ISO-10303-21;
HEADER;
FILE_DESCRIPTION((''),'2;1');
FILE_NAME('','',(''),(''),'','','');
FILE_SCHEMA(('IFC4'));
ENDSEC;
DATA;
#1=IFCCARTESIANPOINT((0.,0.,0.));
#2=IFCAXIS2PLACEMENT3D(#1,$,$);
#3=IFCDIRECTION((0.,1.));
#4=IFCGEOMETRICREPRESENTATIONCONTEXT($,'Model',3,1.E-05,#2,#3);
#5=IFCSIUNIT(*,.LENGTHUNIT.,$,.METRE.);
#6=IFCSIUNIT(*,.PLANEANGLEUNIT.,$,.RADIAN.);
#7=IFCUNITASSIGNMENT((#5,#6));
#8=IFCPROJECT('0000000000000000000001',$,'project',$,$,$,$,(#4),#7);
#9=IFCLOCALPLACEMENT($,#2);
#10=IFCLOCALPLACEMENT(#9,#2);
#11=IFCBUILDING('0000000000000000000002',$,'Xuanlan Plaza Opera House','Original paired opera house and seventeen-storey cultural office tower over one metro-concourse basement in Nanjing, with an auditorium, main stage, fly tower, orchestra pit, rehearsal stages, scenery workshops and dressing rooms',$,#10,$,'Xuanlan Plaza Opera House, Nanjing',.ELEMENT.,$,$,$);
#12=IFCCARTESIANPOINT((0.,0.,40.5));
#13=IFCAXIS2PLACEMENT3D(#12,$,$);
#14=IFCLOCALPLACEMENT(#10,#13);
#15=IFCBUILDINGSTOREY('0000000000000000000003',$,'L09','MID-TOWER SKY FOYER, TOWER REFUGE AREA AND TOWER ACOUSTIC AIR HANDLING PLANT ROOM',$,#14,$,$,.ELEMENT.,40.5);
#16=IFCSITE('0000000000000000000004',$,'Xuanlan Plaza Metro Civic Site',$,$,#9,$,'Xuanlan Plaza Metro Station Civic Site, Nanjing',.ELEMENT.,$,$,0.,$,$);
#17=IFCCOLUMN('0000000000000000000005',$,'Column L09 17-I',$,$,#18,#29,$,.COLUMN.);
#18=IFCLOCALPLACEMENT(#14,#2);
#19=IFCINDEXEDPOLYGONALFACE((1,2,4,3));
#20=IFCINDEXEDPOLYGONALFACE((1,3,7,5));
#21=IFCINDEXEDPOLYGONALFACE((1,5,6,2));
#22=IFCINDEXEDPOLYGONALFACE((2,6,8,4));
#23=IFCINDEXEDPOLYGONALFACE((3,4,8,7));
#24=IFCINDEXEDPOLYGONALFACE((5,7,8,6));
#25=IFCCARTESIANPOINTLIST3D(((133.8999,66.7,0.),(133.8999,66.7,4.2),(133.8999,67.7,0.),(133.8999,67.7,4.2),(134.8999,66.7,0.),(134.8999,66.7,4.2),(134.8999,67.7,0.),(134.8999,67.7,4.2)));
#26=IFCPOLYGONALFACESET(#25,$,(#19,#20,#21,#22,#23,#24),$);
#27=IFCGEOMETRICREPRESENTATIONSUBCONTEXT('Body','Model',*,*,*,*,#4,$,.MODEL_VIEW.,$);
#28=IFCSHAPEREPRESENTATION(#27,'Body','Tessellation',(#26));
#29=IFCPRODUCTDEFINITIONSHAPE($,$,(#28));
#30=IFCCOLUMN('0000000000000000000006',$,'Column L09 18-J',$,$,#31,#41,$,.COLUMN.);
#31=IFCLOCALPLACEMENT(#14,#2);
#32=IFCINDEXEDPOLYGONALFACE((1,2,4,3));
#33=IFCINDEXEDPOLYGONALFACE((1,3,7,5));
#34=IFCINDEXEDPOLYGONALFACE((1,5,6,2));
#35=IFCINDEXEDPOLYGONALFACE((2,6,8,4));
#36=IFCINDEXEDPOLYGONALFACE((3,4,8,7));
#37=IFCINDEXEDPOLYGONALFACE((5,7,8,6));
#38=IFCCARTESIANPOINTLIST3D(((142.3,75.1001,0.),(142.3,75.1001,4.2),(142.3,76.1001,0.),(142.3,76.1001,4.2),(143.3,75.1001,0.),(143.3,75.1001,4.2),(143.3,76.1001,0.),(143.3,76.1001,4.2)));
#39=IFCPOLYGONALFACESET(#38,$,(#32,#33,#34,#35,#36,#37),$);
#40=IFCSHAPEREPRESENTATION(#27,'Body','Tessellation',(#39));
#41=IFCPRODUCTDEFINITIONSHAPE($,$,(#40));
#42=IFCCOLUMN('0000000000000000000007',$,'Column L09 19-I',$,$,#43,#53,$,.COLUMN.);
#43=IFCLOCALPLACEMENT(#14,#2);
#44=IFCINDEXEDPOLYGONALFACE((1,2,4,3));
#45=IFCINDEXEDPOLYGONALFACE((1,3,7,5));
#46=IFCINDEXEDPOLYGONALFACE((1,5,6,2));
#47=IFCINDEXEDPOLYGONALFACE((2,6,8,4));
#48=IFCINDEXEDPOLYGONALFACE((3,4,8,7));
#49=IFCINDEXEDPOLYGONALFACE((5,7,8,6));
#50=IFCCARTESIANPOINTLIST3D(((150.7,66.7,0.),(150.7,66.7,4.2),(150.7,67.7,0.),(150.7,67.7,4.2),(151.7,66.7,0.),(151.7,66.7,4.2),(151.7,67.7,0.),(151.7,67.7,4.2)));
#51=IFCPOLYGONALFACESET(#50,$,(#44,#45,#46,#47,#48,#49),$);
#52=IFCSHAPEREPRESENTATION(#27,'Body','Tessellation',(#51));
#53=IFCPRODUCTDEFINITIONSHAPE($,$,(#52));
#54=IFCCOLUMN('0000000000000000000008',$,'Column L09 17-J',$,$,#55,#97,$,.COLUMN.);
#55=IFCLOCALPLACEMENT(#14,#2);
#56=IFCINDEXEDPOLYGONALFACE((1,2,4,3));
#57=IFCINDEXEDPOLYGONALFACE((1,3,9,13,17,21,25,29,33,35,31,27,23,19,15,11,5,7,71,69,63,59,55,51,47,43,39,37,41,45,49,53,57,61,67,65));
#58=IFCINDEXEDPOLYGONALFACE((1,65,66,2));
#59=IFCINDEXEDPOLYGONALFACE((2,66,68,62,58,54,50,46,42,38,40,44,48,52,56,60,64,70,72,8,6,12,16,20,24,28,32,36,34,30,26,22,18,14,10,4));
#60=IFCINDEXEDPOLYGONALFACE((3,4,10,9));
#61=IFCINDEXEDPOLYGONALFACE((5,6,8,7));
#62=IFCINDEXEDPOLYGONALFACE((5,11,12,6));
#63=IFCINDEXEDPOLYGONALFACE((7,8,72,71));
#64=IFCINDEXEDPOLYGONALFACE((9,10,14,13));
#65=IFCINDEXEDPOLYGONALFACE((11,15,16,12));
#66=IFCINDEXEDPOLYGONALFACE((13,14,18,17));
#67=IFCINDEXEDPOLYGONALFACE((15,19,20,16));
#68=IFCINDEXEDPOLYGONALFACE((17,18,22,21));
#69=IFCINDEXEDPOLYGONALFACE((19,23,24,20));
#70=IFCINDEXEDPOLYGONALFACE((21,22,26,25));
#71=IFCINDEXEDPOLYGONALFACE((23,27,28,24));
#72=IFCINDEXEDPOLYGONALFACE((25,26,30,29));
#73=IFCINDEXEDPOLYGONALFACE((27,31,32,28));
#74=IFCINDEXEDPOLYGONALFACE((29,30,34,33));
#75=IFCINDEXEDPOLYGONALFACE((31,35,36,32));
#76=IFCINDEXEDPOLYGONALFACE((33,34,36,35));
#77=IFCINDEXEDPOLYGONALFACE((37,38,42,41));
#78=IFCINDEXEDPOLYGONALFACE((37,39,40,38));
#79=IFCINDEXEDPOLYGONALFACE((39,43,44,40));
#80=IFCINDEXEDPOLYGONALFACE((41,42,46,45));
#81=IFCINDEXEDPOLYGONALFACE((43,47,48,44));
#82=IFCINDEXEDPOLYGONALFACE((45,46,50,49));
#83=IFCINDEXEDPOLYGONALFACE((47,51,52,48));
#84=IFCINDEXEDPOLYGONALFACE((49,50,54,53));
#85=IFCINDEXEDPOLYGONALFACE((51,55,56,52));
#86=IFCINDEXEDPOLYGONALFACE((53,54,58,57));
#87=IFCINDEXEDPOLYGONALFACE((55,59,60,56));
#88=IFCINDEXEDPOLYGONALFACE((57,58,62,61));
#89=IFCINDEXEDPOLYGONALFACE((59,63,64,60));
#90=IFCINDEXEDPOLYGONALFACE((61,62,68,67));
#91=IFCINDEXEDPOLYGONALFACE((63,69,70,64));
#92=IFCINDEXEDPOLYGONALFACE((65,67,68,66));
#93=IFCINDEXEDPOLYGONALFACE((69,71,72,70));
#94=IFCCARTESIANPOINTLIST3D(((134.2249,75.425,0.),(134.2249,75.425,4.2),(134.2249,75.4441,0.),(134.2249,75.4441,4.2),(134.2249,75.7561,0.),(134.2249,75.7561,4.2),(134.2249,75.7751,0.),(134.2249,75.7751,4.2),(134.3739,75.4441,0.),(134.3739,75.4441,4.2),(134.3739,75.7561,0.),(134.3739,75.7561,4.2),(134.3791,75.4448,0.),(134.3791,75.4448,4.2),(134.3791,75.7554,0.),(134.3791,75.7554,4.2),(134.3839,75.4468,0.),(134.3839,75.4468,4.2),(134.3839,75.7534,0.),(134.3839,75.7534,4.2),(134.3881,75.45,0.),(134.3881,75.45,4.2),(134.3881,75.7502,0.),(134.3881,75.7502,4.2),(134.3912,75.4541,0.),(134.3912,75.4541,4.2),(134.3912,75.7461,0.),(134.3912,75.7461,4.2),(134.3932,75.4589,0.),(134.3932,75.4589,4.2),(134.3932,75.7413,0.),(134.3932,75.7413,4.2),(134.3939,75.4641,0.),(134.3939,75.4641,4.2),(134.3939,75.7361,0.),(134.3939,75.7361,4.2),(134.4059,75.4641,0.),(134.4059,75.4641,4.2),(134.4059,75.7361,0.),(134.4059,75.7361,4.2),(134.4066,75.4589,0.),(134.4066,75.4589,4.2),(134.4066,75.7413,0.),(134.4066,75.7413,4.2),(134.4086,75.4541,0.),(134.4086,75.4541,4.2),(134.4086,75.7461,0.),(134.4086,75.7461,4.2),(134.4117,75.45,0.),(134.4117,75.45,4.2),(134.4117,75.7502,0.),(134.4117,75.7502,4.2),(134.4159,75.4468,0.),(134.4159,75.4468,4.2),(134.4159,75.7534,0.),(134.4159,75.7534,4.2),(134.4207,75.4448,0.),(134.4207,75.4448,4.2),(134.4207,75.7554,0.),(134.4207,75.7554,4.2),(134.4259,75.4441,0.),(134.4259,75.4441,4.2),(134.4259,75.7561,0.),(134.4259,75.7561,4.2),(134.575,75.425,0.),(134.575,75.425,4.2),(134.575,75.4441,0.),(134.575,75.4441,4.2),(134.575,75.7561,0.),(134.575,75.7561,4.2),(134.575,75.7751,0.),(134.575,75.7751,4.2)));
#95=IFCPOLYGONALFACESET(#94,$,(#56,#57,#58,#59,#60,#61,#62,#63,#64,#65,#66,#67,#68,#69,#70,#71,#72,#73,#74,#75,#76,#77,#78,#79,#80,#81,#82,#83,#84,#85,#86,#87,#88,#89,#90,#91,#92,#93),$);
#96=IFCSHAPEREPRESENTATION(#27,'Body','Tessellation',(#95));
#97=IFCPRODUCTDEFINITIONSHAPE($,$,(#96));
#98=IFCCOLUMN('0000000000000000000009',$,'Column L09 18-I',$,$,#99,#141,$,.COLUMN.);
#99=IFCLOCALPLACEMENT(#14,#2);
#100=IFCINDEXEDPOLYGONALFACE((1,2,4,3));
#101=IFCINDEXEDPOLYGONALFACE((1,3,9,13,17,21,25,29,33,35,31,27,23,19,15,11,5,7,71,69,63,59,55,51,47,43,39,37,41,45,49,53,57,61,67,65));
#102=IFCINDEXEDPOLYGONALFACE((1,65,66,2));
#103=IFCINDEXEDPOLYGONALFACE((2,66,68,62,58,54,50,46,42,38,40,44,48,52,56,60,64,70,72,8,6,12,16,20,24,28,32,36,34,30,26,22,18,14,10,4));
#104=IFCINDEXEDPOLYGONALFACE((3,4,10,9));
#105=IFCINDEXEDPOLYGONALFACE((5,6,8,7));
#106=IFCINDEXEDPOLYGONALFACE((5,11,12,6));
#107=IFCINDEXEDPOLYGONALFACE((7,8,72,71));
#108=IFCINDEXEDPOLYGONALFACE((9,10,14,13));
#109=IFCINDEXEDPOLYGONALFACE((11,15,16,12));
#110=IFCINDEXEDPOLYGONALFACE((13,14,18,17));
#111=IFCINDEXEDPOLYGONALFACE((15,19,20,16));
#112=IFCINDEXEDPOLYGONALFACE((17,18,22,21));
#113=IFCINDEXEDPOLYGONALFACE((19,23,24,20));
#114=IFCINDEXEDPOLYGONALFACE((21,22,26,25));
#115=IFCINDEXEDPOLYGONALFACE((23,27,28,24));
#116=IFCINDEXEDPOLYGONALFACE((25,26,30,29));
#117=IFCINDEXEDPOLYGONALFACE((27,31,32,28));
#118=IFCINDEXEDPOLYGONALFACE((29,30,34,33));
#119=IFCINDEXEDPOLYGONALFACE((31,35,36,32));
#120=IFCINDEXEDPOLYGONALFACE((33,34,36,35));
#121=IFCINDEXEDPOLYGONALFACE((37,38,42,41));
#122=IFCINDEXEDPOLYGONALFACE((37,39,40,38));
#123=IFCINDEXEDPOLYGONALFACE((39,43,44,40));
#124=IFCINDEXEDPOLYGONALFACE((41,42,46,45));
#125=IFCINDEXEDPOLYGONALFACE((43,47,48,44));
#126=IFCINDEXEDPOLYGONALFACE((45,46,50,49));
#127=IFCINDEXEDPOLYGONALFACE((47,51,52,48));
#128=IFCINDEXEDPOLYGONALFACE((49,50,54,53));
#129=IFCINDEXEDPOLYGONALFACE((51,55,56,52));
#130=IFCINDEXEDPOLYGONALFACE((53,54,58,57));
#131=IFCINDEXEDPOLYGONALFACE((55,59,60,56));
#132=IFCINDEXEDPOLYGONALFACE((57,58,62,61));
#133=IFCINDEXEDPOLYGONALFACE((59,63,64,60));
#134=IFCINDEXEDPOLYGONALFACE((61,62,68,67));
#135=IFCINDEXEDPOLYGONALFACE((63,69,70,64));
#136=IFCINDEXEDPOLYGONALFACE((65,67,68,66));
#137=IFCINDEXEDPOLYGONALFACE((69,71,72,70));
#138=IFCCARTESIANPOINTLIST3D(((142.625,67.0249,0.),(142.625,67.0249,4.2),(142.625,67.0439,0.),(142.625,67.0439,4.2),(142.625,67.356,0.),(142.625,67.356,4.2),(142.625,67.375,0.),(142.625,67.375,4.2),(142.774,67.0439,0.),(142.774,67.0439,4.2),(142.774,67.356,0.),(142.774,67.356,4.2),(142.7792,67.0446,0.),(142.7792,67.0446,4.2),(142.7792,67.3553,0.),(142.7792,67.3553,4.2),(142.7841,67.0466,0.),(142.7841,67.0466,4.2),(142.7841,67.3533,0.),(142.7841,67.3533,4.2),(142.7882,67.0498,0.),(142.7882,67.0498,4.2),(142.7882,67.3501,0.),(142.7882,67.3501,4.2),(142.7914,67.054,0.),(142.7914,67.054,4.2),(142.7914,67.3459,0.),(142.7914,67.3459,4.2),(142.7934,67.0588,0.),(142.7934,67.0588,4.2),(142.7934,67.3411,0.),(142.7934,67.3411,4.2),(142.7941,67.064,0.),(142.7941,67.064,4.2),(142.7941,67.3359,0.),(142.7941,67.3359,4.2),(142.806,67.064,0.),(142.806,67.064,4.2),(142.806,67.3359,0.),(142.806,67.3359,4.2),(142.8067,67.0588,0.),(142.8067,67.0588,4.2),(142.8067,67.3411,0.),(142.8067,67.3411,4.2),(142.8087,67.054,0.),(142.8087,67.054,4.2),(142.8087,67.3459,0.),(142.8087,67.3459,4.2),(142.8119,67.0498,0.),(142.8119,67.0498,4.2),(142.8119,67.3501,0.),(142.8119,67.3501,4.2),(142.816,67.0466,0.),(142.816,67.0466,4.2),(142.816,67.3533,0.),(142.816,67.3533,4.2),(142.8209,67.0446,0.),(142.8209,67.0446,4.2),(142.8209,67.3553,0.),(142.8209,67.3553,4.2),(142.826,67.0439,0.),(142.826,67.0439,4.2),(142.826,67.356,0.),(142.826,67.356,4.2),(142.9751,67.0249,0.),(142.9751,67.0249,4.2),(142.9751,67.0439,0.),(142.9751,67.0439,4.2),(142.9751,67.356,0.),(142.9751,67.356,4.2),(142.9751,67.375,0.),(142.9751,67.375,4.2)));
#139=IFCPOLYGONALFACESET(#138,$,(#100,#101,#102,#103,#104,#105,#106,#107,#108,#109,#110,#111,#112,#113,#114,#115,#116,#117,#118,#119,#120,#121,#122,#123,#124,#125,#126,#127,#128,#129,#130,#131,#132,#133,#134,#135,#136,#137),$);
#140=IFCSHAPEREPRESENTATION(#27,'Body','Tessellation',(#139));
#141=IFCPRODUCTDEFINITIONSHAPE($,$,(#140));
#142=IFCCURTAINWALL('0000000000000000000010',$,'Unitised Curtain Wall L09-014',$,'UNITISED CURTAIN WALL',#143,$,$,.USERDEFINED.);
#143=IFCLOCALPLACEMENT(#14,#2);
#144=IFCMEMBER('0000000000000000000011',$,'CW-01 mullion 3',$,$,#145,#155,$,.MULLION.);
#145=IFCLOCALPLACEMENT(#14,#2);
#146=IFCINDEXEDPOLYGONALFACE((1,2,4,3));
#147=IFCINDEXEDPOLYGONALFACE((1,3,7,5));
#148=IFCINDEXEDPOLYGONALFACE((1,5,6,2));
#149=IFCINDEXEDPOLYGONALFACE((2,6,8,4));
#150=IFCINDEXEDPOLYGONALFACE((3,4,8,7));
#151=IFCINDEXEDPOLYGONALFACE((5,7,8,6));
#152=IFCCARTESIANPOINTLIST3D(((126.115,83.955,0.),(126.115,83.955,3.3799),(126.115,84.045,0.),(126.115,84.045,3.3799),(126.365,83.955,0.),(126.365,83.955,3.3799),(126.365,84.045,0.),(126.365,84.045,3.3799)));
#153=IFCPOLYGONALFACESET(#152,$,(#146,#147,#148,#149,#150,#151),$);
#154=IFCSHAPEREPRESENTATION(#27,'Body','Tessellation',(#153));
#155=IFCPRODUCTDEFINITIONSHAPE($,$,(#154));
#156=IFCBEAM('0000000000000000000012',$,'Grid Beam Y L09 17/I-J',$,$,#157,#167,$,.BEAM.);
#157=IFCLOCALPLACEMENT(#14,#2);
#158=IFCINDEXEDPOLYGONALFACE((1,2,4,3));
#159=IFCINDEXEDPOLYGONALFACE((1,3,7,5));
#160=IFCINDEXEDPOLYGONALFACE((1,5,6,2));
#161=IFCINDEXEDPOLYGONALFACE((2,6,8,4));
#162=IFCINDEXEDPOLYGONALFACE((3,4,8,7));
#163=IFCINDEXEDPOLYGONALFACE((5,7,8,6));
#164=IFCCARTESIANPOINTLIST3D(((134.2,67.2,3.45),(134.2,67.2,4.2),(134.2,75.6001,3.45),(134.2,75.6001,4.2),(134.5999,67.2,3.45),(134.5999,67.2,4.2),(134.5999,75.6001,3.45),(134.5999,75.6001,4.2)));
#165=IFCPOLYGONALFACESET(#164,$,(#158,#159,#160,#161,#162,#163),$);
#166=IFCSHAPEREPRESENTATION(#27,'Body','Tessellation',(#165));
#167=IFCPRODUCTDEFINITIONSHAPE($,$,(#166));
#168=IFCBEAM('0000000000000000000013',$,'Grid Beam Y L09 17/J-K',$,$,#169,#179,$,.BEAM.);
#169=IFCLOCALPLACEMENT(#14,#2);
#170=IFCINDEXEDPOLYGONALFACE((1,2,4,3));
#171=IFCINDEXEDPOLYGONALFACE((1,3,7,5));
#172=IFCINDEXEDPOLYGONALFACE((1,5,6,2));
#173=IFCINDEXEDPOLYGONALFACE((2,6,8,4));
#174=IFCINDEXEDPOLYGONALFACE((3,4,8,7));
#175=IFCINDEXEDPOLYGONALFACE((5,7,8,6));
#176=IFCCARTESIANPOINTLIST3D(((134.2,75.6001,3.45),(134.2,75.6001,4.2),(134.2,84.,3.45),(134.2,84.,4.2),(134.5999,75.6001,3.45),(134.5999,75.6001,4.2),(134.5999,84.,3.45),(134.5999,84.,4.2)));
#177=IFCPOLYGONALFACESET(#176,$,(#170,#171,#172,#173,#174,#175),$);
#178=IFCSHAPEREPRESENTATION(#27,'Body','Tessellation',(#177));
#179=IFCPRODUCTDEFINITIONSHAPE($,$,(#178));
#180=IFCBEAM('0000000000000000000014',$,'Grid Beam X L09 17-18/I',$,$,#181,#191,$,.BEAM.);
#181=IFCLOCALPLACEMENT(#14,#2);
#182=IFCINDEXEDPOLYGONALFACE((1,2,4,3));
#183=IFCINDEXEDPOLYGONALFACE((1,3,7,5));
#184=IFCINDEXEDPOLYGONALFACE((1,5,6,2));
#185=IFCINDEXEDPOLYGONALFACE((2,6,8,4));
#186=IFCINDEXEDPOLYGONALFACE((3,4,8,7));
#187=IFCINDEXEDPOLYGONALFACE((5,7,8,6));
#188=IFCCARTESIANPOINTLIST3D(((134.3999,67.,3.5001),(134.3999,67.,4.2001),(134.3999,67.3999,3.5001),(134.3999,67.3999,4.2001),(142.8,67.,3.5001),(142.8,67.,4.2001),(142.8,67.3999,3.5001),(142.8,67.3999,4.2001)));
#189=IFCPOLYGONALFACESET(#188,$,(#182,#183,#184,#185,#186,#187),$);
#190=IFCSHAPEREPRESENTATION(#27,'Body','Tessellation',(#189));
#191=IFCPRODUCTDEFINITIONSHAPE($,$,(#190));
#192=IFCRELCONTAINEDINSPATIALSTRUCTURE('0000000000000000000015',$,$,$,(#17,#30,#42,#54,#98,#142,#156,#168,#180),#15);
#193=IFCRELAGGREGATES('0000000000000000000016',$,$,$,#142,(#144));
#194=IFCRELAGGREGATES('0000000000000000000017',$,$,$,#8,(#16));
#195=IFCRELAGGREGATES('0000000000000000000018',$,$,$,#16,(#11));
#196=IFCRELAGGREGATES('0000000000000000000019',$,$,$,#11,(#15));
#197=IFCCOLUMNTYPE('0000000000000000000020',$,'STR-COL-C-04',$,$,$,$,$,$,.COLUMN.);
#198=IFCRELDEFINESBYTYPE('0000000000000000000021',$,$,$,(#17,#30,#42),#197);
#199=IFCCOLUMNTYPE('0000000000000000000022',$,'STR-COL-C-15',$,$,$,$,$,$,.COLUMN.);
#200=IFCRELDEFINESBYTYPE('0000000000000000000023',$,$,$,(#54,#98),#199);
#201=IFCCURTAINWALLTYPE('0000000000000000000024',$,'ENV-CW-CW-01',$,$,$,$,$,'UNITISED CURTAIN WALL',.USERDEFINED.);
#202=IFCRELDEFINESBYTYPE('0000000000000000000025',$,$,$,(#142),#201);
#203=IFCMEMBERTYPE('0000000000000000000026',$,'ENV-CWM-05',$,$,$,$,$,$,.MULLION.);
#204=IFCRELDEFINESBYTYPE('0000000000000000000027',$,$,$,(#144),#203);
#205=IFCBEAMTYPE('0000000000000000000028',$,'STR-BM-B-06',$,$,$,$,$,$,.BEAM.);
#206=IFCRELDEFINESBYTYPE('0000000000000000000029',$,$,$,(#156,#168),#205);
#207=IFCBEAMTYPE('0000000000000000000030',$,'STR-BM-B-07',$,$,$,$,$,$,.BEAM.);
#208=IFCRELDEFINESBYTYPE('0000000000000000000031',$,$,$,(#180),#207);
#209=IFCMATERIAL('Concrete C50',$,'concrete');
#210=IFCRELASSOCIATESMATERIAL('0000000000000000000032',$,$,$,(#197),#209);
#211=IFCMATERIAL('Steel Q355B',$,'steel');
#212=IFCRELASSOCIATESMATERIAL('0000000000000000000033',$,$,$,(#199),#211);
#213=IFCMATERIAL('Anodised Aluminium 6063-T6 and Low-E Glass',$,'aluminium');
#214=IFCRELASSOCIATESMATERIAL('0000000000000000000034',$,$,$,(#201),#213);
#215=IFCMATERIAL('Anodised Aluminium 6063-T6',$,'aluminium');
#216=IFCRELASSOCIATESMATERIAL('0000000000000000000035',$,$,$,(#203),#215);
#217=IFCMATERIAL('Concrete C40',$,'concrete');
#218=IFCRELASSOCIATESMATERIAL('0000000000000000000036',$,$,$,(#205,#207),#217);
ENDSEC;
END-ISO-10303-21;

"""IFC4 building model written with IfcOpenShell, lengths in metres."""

from ifc_helpers import new_model, si_unit, direction, frame, origin, origin_2d, place, context, subcontext, project, spatial, rectangle, i_section, extrude, material, material_profile, profile_set, type_object, element, aggregate, save


model = new_model("IFC4")

# Units and contexts
model_context = context("Model", 3, precision=1e-05, world=origin(), true_north=direction((0.0, 1.0)))
body_context = subcontext(model_context, "Body", "Model", "MODEL_VIEW")
ifc_project = project(units=[si_unit("LENGTHUNIT", "METRE"), si_unit("PLANEANGLEUNIT", "RADIAN")], contexts=[model_context])

# Site, building, storey
site_placement = place(None, origin())
site = spatial("IfcSite", under=ifc_project, at=site_placement, Name="Xuanlan Plaza Metro Civic Site", LongName="Xuanlan Plaza Metro Station Civic Site, Nanjing", CompositionType="ELEMENT", RefElevation=0.0)
building_placement = place(site_placement, origin())
building = spatial("IfcBuilding", under=site, at=building_placement, Name="Xuanlan Plaza Opera House", Description="Original paired opera house and seventeen-storey cultural office tower over one metro-concourse basement in Nanjing, with an auditorium, main stage, fly tower, orchestra pit, rehearsal stages, scenery workshops and dressing rooms", LongName="Xuanlan Plaza Opera House, Nanjing", CompositionType="ELEMENT")
storey_placement = place(building_placement, frame((0.0, 0.0, 40.5)))
storey = spatial("IfcBuildingStorey", under=building, at=storey_placement, Name="L09", Description="MID-TOWER SKY FOYER, TOWER REFUGE AREA AND TOWER ACOUSTIC AIR HANDLING PLANT ROOM", CompositionType="ELEMENT", Elevation=40.5)

# Columns
ifc_material_1 = material(Name="Concrete C50", Category="concrete")
ifc_material_profile_1 = material_profile(ifc_material_1, rectangle(XDim=1.0, YDim=1.0, at=origin_2d()), Name="RC-COL 1000x1000")
ifc_profile_set_1 = profile_set([ifc_material_profile_1], Name="Concrete C50")
column_type_1 = type_object("IfcColumnType", Name="STR-COL-C-04", PredefinedType="COLUMN", material=ifc_profile_set_1)
for number, where, z_axis, x_axis, name in (
    (1, (134.3999, 67.2, 0.0), (0.0, 0.0, 1.0), (1.0, 0.0, 0.0), "Column L09 17-I"),
    (2, (142.8, 75.6001, 0.0), (0.0, 0.0, 1.0), (1.0, 0.0, 0.0), "Column L09 18-J"),
    (3, (151.2, 67.2, 0.0), (0.0, 0.0, 1.0), (1.0, 0.0, 0.0), "Column L09 19-I"),
):
    element("IfcColumn", number, at=place(storey_placement, frame(where, z_axis=z_axis, x_axis=x_axis)), inside=storey, type_object=column_type_1, Name=name, PredefinedType="COLUMN", context=body_context, shape_type="SweptSolid", body=[
        extrude(rectangle(XDim=1.0, YDim=1.0, at=origin_2d()), origin(), (0.0, 0.0, 1.0), 4.2),
    ])
ifc_material_2 = material(Name="Steel Q355B", Category="steel")
ifc_material_profile_2 = material_profile(ifc_material_2, i_section(OverallWidth=0.3501, OverallDepth=0.3501, WebThickness=0.012, FlangeThickness=0.019, FilletRadius=0.02, at=origin_2d()), Name="HW 350x350x12x19")
ifc_profile_set_2 = profile_set([ifc_material_profile_2], Name="Steel Q355B")
column_type_2 = type_object("IfcColumnType", Name="STR-COL-C-15", PredefinedType="COLUMN", material=ifc_profile_set_2)
for number, where, z_axis, x_axis, name in (
    (4, (134.3999, 75.6001, 0.0), (0.0, 0.0, 1.0), (1.0, 0.0, 0.0), "Column L09 17-J"),
    (5, (142.8, 67.2, 0.0), (0.0, 0.0, 1.0), (1.0, 0.0, 0.0), "Column L09 18-I"),
):
    element("IfcColumn", number, at=place(storey_placement, frame(where, z_axis=z_axis, x_axis=x_axis)), inside=storey, type_object=column_type_2, Name=name, PredefinedType="COLUMN", context=body_context, shape_type="SweptSolid", body=[
        extrude(i_section(OverallWidth=0.3501, OverallDepth=0.3501, WebThickness=0.012, FlangeThickness=0.019, FilletRadius=0.02, at=origin_2d()), origin(), (0.0, 0.0, 1.0), 4.2),
    ])

# Curtain wall, member
ifc_material_3 = material(Name="Anodised Aluminium 6063-T6 and Low-E Glass", Category="aluminium")
curtain_wall_type = type_object("IfcCurtainWallType", Name="ENV-CW-CW-01", ElementType="UNITISED CURTAIN WALL", PredefinedType="USERDEFINED", material=ifc_material_3)
curtain_wall_placement = place(storey_placement, origin())
curtain_wall = element("IfcCurtainWall", 6, at=curtain_wall_placement, inside=storey, type_object=curtain_wall_type, Name="Unitised Curtain Wall L09-014", ObjectType="UNITISED CURTAIN WALL", PredefinedType="USERDEFINED")
ifc_material_4 = material(Name="Anodised Aluminium 6063-T6", Category="aluminium")
ifc_material_profile_3 = material_profile(ifc_material_4, rectangle(XDim=0.0901, YDim=0.25, at=origin_2d()), Name="ALU-M 90x250")
ifc_profile_set_3 = profile_set([ifc_material_profile_3], Name="Anodised Aluminium 6063-T6")
member_type = type_object("IfcMemberType", Name="ENV-CWM-05", PredefinedType="MULLION", material=ifc_profile_set_3)
member_placement = place(storey_placement, frame((126.24, 84.0, 0.0), z_axis=(0.0, 0.0, 1.0), x_axis=(0.0, -1.0, 0.0)))
member = element("IfcMember", 7, at=member_placement, type_object=member_type, Name="CW-01 mullion 3", PredefinedType="MULLION", context=body_context, shape_type="SweptSolid", body=[
    extrude(rectangle(XDim=0.0901, YDim=0.25, at=origin_2d()), origin(), (0.0, 0.0, 1.0), 3.3799),
])
aggregate(curtain_wall, [member])

# Beams
ifc_material_5 = material(Name="Concrete C40", Category="concrete")
ifc_material_profile_4 = material_profile(ifc_material_5, rectangle(XDim=0.3999, YDim=0.75, at=origin_2d()), Name="RC-BM 400x750")
ifc_profile_set_4 = profile_set([ifc_material_profile_4], Name="Concrete C40")
beam_type_1 = type_object("IfcBeamType", Name="STR-BM-B-06", PredefinedType="BEAM", material=ifc_profile_set_4)
beam_1_placement = place(storey_placement, frame((134.3999, 67.2, 3.825), z_axis=(0.0, 1.0, 0.0), x_axis=(-1.0, 0.0, 0.0)))
element("IfcBeam", 8, at=beam_1_placement, inside=storey, type_object=beam_type_1, Name="Grid Beam Y L09 17/I-J", PredefinedType="BEAM", context=body_context, shape_type="SweptSolid", body=[
    extrude(rectangle(XDim=0.3999, YDim=0.75, at=origin_2d()), origin(), (0.0, 0.0, 1.0), 8.4001),
])
beam_2_placement = place(storey_placement, frame((134.3999, 75.6001, 3.825), z_axis=(0.0, 1.0, 0.0), x_axis=(-1.0, 0.0, 0.0)))
element("IfcBeam", 9, at=beam_2_placement, inside=storey, type_object=beam_type_1, Name="Grid Beam Y L09 17/J-K", PredefinedType="BEAM", context=body_context, shape_type="SweptSolid", body=[
    extrude(rectangle(XDim=0.3999, YDim=0.75, at=origin_2d()), origin(), (0.0, 0.0, 1.0), 8.3999),
])
ifc_material_profile_5 = material_profile(ifc_material_5, rectangle(XDim=0.3999, YDim=0.7, at=origin_2d()), Name="RC-BM 400x700")
ifc_profile_set_5 = profile_set([ifc_material_profile_5], Name="Concrete C40")
beam_type_2 = type_object("IfcBeamType", Name="STR-BM-B-07", PredefinedType="BEAM", material=ifc_profile_set_5)
beam_3_placement = place(storey_placement, frame((134.3999, 67.2, 3.8501), z_axis=(1.0, 0.0, 0.0), x_axis=(0.0, 1.0, 0.0)))
element("IfcBeam", 10, at=beam_3_placement, inside=storey, type_object=beam_type_2, Name="Grid Beam X L09 17-18/I", PredefinedType="BEAM", context=body_context, shape_type="SweptSolid", body=[
    extrude(rectangle(XDim=0.3999, YDim=0.7, at=origin_2d()), origin(), (0.0, 0.0, 1.0), 8.4001),
])

save(model, "model.ifc")
